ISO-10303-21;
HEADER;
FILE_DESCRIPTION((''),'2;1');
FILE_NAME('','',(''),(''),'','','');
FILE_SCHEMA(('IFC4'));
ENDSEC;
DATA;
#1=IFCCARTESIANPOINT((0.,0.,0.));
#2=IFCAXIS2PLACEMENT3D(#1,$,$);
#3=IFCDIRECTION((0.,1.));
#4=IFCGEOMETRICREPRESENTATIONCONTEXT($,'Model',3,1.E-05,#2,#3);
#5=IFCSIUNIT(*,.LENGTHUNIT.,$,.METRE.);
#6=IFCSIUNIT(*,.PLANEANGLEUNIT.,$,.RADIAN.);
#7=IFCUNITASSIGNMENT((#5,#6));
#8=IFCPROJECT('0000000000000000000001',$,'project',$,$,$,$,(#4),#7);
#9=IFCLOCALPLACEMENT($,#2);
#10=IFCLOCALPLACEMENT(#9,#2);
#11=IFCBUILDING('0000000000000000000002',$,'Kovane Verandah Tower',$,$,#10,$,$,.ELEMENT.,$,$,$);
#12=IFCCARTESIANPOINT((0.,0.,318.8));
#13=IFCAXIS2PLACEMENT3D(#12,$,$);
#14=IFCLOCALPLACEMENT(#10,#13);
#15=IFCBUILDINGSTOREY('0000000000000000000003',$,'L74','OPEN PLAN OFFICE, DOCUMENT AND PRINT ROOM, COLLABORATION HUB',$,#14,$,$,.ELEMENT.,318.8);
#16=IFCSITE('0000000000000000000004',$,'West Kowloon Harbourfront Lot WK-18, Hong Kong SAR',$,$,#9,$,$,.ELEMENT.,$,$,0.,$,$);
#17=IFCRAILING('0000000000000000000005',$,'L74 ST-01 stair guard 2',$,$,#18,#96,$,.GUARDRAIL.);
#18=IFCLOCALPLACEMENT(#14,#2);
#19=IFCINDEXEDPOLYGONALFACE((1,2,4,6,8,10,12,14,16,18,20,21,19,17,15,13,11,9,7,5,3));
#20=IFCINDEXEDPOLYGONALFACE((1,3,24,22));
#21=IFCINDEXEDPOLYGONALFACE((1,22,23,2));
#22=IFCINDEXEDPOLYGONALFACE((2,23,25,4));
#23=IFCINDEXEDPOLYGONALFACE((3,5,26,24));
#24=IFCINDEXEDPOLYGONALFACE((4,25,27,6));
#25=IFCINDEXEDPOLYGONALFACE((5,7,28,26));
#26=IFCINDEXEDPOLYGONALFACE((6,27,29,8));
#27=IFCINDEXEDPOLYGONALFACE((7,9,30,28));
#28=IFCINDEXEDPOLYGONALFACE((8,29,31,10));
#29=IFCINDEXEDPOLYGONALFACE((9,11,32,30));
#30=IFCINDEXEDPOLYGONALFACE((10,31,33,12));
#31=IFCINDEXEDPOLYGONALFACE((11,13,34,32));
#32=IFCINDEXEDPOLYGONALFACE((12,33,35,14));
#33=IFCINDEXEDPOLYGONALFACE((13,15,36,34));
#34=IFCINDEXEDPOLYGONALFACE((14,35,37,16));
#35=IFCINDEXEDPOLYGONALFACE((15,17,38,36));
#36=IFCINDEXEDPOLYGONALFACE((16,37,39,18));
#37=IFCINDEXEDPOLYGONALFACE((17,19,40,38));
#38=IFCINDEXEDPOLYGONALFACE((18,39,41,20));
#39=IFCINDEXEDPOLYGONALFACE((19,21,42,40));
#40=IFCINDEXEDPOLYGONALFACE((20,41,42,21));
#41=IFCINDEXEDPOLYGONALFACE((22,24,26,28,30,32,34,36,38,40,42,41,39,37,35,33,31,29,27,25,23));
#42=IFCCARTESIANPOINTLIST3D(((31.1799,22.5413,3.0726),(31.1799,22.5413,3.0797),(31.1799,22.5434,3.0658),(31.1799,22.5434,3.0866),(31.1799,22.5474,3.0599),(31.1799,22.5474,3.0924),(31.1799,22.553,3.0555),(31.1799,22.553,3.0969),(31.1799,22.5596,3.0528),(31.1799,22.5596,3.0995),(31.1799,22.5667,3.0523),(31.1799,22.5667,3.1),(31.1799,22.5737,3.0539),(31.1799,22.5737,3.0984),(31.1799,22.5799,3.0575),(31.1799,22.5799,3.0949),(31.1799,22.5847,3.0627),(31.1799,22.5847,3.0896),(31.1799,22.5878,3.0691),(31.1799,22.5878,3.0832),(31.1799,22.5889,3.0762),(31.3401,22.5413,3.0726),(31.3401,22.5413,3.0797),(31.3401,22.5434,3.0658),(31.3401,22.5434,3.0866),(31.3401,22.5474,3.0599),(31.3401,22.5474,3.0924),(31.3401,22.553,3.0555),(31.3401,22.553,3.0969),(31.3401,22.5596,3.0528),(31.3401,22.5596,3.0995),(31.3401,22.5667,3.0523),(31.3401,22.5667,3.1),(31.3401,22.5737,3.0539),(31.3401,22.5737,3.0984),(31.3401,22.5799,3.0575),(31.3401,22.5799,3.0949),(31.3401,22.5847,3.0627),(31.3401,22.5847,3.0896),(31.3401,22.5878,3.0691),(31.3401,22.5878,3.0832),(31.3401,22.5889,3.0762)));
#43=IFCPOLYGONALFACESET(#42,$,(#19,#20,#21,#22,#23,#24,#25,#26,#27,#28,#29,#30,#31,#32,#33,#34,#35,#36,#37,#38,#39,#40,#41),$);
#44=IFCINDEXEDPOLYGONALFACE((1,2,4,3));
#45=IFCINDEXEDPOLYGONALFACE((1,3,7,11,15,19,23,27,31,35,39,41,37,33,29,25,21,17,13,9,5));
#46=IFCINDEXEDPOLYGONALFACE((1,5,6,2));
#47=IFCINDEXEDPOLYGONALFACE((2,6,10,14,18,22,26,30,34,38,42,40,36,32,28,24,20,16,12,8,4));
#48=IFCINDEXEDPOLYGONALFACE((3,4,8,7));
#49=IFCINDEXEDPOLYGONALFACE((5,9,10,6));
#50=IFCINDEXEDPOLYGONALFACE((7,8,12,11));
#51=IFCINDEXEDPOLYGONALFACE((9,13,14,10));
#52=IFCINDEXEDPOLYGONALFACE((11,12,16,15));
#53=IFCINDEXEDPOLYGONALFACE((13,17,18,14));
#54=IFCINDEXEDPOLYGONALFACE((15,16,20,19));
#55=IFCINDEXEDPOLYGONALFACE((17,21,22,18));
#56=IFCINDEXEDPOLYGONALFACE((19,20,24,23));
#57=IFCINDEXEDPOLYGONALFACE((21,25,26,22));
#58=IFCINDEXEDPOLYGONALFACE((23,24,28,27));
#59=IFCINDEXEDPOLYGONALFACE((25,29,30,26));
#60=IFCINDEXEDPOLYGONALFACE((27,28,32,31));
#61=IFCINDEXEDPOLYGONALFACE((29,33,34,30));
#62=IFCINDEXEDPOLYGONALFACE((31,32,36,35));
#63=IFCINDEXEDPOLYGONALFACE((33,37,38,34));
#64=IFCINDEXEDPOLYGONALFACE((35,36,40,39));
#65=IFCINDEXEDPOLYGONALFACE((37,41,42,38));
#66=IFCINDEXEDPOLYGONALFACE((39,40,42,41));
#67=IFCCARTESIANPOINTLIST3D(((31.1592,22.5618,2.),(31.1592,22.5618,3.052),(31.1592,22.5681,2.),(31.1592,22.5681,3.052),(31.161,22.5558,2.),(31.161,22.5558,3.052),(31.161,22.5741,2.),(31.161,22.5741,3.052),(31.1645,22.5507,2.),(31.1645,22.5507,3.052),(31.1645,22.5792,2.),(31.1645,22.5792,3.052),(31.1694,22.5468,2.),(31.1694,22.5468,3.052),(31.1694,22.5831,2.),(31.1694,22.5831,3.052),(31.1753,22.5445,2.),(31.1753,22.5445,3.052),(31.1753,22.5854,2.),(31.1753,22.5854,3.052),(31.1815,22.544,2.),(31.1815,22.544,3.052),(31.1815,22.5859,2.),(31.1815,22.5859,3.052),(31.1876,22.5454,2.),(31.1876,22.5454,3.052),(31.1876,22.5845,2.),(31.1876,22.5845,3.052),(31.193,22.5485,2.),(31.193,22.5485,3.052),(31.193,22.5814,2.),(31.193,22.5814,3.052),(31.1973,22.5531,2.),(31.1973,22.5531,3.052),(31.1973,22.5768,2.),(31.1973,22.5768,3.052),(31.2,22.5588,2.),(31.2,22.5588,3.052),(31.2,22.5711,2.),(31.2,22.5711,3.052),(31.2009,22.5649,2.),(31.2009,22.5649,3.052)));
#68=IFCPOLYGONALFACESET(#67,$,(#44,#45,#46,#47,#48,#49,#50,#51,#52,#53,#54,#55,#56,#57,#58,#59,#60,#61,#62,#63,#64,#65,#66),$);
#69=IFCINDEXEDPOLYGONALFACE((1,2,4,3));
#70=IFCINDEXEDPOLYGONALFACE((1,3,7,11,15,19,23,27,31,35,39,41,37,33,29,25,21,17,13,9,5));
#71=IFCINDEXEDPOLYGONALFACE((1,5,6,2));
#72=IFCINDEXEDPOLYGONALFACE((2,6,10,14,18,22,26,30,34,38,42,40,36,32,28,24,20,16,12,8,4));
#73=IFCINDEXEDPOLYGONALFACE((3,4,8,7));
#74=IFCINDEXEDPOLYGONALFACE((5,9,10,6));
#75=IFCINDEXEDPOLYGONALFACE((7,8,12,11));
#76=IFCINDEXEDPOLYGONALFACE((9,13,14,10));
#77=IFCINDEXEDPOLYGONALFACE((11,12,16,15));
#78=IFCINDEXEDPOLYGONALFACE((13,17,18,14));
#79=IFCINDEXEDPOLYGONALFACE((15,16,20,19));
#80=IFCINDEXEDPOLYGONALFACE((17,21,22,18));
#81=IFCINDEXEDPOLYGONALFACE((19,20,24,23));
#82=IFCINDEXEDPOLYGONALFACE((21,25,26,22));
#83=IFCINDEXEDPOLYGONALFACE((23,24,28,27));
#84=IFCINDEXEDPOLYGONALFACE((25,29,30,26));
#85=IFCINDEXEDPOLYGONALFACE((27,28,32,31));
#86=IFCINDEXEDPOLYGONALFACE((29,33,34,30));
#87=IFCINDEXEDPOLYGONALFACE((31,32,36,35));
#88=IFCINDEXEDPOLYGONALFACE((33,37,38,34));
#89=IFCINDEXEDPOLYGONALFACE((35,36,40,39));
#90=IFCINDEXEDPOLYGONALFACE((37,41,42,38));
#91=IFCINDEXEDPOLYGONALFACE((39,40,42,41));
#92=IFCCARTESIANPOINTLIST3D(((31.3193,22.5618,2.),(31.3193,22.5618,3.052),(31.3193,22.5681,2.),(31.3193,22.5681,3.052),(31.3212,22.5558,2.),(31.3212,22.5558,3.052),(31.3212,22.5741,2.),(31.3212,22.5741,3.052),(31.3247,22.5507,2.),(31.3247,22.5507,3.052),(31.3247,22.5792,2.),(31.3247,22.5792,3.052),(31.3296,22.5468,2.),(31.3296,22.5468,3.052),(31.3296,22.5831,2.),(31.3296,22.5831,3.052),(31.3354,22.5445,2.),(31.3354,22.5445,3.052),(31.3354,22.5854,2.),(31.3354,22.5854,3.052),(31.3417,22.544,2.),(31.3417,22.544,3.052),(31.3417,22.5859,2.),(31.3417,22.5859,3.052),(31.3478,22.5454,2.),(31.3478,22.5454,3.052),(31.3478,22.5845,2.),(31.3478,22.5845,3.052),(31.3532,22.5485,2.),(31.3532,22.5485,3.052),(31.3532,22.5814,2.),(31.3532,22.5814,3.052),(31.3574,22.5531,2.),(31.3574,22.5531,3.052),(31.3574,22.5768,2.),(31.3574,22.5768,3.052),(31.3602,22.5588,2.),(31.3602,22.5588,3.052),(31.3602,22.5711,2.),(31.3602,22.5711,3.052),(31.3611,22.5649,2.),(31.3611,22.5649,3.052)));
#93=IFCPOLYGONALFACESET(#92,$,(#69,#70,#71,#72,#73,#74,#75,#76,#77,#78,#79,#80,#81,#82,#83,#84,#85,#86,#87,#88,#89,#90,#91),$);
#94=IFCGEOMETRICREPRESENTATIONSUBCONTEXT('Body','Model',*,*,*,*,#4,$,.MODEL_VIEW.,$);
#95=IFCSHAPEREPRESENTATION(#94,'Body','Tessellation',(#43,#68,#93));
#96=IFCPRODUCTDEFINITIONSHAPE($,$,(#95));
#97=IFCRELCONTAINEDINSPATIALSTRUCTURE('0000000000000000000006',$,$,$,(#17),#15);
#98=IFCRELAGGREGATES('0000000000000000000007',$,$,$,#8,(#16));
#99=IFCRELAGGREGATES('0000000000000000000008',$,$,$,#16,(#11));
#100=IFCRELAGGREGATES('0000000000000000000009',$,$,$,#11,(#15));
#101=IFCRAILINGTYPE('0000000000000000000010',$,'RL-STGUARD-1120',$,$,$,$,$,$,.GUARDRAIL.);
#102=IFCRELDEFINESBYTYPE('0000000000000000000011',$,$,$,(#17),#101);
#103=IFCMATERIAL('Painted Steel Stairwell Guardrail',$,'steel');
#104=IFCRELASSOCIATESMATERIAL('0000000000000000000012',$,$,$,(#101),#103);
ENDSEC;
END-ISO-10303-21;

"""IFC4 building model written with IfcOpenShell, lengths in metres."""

from ifc_helpers import new_model, si_unit, direction, frame, origin, origin_2d, place, context, subcontext, project, spatial, circle, extrude, material, type_object, element, save


model = new_model("IFC4")

# Units and contexts
model_context = context("Model", 3, precision=1e-05, world=origin(), true_north=direction((0.0, 1.0)))
body_context = subcontext(model_context, "Body", "Model", "MODEL_VIEW")
ifc_project = project(units=[si_unit("LENGTHUNIT", "METRE"), si_unit("PLANEANGLEUNIT", "RADIAN")], contexts=[model_context])

# Site, building, storey
site_placement = place(None, origin())
site = spatial("IfcSite", under=ifc_project, at=site_placement, Name="West Kowloon Harbourfront Lot WK-18, Hong Kong SAR", CompositionType="ELEMENT", RefElevation=0.0)
building_placement = place(site_placement, origin())
building = spatial("IfcBuilding", under=site, at=building_placement, Name="Kovane Verandah Tower", CompositionType="ELEMENT")
storey_placement = place(building_placement, frame((0.0, 0.0, 318.8)))
storey = spatial("IfcBuildingStorey", under=building, at=storey_placement, Name="L74", Description="OPEN PLAN OFFICE, DOCUMENT AND PRINT ROOM, COLLABORATION HUB", CompositionType="ELEMENT", Elevation=318.8)

# Railing
ifc_material_1 = material(Name="Painted Steel Stairwell Guardrail", Category="steel")
railing_type_1 = type_object("IfcRailingType", Name="RL-STGUARD-1120", PredefinedType="GUARDRAIL", material=ifc_material_1)
railing_1_placement = place(storey_placement, frame((31.1799, 22.5649, 2.0)))
element("IfcRailing", 1, at=railing_1_placement, inside=storey, type_object=railing_type_1, Name="L74 ST-01 stair guard 2", PredefinedType="GUARDRAIL", context=body_context, shape_type="SweptSolid", body=[
    extrude(circle(Radius=0.0239, at=origin_2d()), frame((0.0, 0.0, 1.0762), z_axis=(1.0, 0.0, 0.0), x_axis=(0.0, 1.0, 0.0)), (0.0, 0.0, 1.0), 0.1602),
    extrude(circle(Radius=0.021, at=origin_2d()), origin(), (0.0, 0.0, 1.0), 1.052),
    extrude(circle(Radius=0.021, at=origin_2d()), frame((0.1602, 0.0, 0.0)), (0.0, 0.0, 1.0), 1.052),
])

save(model, "model.ifc")
